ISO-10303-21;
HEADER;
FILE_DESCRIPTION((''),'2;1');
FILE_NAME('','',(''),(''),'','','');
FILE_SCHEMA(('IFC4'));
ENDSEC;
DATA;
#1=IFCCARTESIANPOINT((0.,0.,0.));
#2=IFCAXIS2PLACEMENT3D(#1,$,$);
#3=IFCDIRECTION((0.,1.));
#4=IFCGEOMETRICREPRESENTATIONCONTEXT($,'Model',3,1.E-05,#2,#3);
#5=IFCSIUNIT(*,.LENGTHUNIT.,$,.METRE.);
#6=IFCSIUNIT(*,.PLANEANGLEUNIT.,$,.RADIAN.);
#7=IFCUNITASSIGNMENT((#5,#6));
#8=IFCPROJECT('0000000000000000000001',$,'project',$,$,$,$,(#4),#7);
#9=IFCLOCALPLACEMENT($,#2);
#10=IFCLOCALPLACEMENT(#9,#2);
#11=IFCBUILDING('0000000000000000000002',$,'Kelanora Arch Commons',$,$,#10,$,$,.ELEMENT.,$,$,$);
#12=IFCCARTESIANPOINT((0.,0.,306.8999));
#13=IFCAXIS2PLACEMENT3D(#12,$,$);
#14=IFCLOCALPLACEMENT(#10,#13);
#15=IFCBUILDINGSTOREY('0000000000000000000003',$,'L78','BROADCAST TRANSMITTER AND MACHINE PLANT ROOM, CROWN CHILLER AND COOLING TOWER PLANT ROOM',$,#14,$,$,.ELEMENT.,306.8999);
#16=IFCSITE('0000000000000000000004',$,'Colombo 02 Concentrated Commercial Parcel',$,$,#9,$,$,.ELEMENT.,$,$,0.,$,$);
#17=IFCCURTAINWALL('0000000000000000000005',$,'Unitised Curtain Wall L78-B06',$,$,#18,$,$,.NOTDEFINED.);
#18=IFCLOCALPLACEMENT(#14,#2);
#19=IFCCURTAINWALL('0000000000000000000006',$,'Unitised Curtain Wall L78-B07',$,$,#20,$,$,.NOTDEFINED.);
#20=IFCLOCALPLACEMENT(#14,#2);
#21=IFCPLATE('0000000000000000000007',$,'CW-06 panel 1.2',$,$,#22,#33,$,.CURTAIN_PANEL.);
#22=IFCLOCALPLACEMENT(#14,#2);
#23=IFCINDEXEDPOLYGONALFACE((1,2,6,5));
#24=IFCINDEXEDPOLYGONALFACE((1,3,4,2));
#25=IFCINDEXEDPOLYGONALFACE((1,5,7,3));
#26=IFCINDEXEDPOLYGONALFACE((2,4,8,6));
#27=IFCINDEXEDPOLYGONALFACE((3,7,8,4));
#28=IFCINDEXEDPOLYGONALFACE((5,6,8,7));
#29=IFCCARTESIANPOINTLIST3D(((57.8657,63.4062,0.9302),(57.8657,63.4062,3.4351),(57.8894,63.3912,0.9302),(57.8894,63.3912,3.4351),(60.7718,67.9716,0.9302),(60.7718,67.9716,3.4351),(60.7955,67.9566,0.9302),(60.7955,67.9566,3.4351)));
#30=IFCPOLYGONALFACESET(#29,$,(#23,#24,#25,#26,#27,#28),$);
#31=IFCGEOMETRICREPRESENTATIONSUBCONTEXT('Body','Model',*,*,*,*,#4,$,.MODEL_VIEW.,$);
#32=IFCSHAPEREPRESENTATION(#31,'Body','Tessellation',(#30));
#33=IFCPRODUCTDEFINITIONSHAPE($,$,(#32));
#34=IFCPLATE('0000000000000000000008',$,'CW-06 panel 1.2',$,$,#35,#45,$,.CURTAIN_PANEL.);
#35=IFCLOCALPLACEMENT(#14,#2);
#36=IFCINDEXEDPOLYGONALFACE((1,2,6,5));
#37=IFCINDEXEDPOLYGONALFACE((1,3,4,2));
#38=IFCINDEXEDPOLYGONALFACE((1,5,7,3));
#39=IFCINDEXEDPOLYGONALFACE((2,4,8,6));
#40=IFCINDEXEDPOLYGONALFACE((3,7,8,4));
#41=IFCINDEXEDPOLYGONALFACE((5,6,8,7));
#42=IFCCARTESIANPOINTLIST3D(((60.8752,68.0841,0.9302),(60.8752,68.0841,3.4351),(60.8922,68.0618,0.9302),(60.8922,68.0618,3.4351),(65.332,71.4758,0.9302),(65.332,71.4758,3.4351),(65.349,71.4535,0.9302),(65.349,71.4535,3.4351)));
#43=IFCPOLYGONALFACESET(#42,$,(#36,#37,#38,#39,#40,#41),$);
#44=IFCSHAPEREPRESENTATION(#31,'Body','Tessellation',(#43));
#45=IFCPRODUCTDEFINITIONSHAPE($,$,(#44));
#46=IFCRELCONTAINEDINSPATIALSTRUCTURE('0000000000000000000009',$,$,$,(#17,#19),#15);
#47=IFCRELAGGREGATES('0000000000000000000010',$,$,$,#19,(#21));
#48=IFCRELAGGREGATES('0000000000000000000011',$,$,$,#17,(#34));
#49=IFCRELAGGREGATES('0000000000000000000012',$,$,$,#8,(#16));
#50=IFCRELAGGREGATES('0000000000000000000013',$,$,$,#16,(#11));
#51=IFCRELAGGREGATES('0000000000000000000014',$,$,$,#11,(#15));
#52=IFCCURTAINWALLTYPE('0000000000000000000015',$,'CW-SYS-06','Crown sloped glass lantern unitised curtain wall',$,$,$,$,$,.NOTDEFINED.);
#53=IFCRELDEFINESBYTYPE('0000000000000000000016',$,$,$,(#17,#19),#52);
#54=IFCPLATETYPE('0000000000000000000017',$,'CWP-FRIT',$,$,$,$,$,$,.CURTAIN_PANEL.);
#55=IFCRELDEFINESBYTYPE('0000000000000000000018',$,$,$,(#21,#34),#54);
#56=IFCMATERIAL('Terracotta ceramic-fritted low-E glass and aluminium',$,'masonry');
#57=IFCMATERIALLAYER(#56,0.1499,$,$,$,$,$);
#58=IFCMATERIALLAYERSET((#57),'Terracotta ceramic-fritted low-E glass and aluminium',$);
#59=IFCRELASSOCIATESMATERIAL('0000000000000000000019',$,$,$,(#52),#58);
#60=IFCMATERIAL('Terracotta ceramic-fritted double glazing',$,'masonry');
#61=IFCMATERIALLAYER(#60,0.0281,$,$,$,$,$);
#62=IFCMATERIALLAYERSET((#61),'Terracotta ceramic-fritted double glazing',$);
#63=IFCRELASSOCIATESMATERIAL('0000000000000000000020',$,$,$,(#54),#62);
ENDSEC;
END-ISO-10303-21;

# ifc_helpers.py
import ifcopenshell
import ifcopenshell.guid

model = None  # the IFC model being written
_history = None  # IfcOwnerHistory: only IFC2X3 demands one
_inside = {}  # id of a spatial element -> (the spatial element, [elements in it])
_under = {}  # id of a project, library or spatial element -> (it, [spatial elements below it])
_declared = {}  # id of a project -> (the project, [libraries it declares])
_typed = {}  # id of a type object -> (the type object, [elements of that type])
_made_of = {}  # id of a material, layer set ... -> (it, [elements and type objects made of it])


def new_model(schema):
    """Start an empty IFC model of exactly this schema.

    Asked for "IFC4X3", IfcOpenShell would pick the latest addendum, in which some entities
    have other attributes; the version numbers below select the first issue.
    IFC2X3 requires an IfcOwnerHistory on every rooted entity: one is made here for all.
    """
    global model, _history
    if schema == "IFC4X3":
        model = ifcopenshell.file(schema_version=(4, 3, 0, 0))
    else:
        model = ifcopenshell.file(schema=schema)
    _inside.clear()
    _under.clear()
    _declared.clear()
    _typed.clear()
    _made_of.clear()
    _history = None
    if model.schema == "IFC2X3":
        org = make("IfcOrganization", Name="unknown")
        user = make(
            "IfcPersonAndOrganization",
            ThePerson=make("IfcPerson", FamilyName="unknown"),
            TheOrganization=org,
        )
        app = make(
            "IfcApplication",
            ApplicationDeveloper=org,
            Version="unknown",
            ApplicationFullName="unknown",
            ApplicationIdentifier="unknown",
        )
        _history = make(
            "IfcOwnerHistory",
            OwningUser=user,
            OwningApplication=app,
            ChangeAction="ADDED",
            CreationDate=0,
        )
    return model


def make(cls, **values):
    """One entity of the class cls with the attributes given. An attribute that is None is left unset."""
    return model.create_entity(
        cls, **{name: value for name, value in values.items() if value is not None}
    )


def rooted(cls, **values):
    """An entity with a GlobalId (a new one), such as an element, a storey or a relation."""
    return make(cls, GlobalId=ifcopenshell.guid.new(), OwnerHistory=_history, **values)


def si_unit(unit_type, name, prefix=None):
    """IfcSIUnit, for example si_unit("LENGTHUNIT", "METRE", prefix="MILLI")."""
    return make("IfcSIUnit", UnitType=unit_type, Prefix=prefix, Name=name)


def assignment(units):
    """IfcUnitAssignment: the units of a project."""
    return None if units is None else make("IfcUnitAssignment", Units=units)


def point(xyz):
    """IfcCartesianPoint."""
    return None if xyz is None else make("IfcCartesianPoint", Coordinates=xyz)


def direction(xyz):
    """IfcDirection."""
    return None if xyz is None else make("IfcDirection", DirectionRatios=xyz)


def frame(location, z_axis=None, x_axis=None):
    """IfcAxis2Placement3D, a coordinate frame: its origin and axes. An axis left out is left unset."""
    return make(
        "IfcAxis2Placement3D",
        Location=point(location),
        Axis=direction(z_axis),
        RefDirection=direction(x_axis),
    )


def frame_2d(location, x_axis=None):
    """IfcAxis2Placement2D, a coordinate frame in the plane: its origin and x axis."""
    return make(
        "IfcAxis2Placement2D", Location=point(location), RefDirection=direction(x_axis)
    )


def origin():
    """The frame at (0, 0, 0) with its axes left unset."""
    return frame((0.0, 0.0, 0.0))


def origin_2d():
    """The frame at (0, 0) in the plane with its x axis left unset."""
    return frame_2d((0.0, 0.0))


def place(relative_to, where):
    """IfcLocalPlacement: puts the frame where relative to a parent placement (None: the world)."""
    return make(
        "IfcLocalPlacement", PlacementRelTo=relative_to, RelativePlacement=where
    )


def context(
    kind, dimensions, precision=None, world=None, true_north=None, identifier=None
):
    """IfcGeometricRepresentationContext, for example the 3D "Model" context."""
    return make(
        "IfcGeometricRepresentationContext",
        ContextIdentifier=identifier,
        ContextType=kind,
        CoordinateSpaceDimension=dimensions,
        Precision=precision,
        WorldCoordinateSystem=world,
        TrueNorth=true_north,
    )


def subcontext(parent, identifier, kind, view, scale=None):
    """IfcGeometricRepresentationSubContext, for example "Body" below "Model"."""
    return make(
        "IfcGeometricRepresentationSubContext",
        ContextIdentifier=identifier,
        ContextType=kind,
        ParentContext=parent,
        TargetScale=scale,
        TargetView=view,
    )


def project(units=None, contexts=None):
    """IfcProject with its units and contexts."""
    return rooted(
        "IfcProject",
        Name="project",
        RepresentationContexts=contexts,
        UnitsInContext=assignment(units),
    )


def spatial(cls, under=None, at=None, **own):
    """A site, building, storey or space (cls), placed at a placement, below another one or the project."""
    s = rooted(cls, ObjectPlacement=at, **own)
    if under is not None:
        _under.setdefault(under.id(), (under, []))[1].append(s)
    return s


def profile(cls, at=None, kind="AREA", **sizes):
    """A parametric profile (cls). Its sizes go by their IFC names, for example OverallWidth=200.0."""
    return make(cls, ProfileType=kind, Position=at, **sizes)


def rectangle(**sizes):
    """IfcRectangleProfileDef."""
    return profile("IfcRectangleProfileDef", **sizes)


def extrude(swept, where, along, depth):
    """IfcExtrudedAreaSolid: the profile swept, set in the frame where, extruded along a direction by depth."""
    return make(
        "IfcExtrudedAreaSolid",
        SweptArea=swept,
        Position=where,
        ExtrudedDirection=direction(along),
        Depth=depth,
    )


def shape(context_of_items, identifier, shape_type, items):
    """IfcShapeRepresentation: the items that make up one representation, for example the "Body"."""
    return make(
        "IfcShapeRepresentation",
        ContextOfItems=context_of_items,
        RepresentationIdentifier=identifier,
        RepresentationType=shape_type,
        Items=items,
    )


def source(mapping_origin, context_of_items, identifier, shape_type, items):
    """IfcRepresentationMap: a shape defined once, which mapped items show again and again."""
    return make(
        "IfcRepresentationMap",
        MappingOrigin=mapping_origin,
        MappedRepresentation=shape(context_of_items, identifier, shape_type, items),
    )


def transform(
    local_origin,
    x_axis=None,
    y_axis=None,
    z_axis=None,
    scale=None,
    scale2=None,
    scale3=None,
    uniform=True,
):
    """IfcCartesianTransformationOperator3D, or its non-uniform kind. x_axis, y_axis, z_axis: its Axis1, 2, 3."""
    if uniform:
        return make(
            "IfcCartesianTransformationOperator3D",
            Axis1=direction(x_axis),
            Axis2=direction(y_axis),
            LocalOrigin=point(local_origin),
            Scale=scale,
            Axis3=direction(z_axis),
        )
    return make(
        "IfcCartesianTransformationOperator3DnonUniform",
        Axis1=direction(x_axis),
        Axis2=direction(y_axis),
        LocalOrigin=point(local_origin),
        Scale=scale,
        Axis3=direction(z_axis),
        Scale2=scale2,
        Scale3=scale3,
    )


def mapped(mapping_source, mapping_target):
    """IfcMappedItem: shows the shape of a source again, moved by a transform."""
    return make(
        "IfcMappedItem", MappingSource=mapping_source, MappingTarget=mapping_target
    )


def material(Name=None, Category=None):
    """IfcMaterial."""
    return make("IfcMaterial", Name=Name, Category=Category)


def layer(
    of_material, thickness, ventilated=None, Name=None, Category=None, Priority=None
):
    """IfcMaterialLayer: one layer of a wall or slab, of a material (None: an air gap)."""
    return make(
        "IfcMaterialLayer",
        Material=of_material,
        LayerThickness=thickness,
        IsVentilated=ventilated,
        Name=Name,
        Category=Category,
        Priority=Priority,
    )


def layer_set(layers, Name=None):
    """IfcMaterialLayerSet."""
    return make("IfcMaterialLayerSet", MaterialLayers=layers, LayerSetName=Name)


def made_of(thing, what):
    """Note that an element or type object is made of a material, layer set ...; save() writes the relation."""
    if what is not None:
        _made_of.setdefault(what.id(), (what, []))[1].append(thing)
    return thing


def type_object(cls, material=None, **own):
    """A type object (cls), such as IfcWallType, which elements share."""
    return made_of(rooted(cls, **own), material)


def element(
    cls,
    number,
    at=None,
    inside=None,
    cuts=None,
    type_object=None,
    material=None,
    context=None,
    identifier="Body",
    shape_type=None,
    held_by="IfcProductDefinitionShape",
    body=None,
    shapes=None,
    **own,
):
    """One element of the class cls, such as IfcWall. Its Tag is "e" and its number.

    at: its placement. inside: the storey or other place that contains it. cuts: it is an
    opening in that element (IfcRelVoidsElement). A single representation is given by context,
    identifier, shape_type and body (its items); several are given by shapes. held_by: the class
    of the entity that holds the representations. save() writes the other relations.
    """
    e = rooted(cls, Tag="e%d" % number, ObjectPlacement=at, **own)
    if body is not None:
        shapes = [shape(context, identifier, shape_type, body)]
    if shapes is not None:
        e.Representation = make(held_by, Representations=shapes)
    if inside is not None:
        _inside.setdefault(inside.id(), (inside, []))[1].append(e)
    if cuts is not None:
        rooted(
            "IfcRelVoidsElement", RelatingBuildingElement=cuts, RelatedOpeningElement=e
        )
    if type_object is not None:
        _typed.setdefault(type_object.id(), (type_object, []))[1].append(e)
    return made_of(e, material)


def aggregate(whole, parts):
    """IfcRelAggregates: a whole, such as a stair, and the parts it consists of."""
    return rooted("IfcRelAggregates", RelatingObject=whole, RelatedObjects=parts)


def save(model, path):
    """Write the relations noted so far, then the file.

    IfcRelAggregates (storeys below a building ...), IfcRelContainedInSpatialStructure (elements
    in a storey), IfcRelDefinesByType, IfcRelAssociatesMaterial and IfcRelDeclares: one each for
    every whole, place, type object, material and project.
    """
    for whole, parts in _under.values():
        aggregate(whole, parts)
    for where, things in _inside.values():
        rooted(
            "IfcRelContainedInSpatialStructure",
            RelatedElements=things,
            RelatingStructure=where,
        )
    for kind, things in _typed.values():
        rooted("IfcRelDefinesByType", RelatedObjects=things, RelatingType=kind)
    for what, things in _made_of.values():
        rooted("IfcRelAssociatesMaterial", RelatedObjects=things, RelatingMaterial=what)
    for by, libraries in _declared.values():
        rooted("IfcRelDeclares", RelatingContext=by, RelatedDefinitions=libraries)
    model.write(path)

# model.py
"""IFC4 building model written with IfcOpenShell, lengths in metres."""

from ifc_helpers import new_model, si_unit, direction, frame, origin, origin_2d, place, context, subcontext, project, spatial, rectangle, extrude, source, transform, mapped, material, layer, layer_set, type_object, element, aggregate, save


model = new_model("IFC4")

# Units and contexts
model_context = context("Model", 3, precision=1e-05, world=origin(), true_north=direction((0.0, 1.0)))
body_context = subcontext(model_context, "Body", "Model", "MODEL_VIEW")
ifc_project = project(units=[si_unit("LENGTHUNIT", "METRE"), si_unit("PLANEANGLEUNIT", "RADIAN")], contexts=[model_context])

# Site, building, storey
site_placement = place(None, origin())
site = spatial("IfcSite", under=ifc_project, at=site_placement, Name="Colombo 02 Concentrated Commercial Parcel", CompositionType="ELEMENT", RefElevation=0.0)
building_placement = place(site_placement, origin())
building = spatial("IfcBuilding", under=site, at=building_placement, Name="Kelanora Arch Commons", CompositionType="ELEMENT")
storey_placement = place(building_placement, frame((0.0, 0.0, 306.8999)))
storey = spatial("IfcBuildingStorey", under=building, at=storey_placement, Name="L78", Description="BROADCAST TRANSMITTER AND MACHINE PLANT ROOM, CROWN CHILLER AND COOLING TOWER PLANT ROOM", CompositionType="ELEMENT", Elevation=306.8999)

# Curtain wall
ifc_material_1 = material(Name="Terracotta ceramic-fritted low-E glass and aluminium", Category="masonry")
ifc_layer_1 = layer(ifc_material_1, 0.1499)
ifc_layer_set_1 = layer_set([ifc_layer_1], Name="Terracotta ceramic-fritted low-E glass and aluminium")
curtain_wall_type = type_object("IfcCurtainWallType", Name="CW-SYS-06", Description="Crown sloped glass lantern unitised curtain wall", PredefinedType="NOTDEFINED", material=ifc_layer_set_1)
curtain_wall_1_placement = place(storey_placement, origin())
curtain_wall_1 = element("IfcCurtainWall", 1, at=curtain_wall_1_placement, inside=storey, type_object=curtain_wall_type, Name="Unitised Curtain Wall L78-B06", PredefinedType="NOTDEFINED")

# Curtain wall
curtain_wall_2_placement = place(storey_placement, origin())
curtain_wall_2 = element("IfcCurtainWall", 2, at=curtain_wall_2_placement, inside=storey, type_object=curtain_wall_type, Name="Unitised Curtain Wall L78-B07", PredefinedType="NOTDEFINED")

# Plates
ifc_material_2 = material(Name="Terracotta ceramic-fritted double glazing", Category="masonry")
ifc_layer_2 = layer(ifc_material_2, 0.0281)
ifc_layer_set_2 = layer_set([ifc_layer_2], Name="Terracotta ceramic-fritted double glazing")
plate_type = type_object("IfcPlateType", Name="CWP-FRIT", PredefinedType="CURTAIN_PANEL", material=ifc_layer_set_2)
shared_shape_1 = source(origin(), body_context, "Body", "SweptSolid", [
    extrude(rectangle(XDim=5.4119, YDim=0.0281, at=origin_2d()), origin(), (0.0, 0.0, 1.0), 2.5049),
])
plate_1_placement = place(storey_placement, frame((59.3306, 65.6814, 0.9302), z_axis=(0.0, 0.0, 1.0), x_axis=(-0.536984, -0.843592, 0.0)))
plate_1 = element("IfcPlate", 3, at=plate_1_placement, type_object=plate_type, Name="CW-06 panel 1.2", PredefinedType="CURTAIN_PANEL", context=body_context, shape_type="MappedRepresentation", body=[
    mapped(shared_shape_1, transform((0.0, 0.0, 0.0), scale=1.0)),
])
aggregate(curtain_wall_2, [plate_1])
shared_shape_2 = source(origin(), body_context, "Body", "SweptSolid", [
    extrude(rectangle(XDim=5.6006, YDim=0.0281, at=origin_2d()), origin(), (0.0, 0.0, 1.0), 2.5049),
])
plate_2_placement = place(storey_placement, frame((63.1121, 69.7688, 0.9302), z_axis=(0.0, 0.0, 1.0), x_axis=(-0.795772, -0.605596, 0.0)))
plate_2 = element("IfcPlate", 4, at=plate_2_placement, type_object=plate_type, Name="CW-06 panel 1.2", PredefinedType="CURTAIN_PANEL", context=body_context, shape_type="MappedRepresentation", body=[
    mapped(shared_shape_2, transform((0.0, 0.0, 0.0), scale=1.0)),
])
aggregate(curtain_wall_1, [plate_2])

save(model, "model.ifc")
